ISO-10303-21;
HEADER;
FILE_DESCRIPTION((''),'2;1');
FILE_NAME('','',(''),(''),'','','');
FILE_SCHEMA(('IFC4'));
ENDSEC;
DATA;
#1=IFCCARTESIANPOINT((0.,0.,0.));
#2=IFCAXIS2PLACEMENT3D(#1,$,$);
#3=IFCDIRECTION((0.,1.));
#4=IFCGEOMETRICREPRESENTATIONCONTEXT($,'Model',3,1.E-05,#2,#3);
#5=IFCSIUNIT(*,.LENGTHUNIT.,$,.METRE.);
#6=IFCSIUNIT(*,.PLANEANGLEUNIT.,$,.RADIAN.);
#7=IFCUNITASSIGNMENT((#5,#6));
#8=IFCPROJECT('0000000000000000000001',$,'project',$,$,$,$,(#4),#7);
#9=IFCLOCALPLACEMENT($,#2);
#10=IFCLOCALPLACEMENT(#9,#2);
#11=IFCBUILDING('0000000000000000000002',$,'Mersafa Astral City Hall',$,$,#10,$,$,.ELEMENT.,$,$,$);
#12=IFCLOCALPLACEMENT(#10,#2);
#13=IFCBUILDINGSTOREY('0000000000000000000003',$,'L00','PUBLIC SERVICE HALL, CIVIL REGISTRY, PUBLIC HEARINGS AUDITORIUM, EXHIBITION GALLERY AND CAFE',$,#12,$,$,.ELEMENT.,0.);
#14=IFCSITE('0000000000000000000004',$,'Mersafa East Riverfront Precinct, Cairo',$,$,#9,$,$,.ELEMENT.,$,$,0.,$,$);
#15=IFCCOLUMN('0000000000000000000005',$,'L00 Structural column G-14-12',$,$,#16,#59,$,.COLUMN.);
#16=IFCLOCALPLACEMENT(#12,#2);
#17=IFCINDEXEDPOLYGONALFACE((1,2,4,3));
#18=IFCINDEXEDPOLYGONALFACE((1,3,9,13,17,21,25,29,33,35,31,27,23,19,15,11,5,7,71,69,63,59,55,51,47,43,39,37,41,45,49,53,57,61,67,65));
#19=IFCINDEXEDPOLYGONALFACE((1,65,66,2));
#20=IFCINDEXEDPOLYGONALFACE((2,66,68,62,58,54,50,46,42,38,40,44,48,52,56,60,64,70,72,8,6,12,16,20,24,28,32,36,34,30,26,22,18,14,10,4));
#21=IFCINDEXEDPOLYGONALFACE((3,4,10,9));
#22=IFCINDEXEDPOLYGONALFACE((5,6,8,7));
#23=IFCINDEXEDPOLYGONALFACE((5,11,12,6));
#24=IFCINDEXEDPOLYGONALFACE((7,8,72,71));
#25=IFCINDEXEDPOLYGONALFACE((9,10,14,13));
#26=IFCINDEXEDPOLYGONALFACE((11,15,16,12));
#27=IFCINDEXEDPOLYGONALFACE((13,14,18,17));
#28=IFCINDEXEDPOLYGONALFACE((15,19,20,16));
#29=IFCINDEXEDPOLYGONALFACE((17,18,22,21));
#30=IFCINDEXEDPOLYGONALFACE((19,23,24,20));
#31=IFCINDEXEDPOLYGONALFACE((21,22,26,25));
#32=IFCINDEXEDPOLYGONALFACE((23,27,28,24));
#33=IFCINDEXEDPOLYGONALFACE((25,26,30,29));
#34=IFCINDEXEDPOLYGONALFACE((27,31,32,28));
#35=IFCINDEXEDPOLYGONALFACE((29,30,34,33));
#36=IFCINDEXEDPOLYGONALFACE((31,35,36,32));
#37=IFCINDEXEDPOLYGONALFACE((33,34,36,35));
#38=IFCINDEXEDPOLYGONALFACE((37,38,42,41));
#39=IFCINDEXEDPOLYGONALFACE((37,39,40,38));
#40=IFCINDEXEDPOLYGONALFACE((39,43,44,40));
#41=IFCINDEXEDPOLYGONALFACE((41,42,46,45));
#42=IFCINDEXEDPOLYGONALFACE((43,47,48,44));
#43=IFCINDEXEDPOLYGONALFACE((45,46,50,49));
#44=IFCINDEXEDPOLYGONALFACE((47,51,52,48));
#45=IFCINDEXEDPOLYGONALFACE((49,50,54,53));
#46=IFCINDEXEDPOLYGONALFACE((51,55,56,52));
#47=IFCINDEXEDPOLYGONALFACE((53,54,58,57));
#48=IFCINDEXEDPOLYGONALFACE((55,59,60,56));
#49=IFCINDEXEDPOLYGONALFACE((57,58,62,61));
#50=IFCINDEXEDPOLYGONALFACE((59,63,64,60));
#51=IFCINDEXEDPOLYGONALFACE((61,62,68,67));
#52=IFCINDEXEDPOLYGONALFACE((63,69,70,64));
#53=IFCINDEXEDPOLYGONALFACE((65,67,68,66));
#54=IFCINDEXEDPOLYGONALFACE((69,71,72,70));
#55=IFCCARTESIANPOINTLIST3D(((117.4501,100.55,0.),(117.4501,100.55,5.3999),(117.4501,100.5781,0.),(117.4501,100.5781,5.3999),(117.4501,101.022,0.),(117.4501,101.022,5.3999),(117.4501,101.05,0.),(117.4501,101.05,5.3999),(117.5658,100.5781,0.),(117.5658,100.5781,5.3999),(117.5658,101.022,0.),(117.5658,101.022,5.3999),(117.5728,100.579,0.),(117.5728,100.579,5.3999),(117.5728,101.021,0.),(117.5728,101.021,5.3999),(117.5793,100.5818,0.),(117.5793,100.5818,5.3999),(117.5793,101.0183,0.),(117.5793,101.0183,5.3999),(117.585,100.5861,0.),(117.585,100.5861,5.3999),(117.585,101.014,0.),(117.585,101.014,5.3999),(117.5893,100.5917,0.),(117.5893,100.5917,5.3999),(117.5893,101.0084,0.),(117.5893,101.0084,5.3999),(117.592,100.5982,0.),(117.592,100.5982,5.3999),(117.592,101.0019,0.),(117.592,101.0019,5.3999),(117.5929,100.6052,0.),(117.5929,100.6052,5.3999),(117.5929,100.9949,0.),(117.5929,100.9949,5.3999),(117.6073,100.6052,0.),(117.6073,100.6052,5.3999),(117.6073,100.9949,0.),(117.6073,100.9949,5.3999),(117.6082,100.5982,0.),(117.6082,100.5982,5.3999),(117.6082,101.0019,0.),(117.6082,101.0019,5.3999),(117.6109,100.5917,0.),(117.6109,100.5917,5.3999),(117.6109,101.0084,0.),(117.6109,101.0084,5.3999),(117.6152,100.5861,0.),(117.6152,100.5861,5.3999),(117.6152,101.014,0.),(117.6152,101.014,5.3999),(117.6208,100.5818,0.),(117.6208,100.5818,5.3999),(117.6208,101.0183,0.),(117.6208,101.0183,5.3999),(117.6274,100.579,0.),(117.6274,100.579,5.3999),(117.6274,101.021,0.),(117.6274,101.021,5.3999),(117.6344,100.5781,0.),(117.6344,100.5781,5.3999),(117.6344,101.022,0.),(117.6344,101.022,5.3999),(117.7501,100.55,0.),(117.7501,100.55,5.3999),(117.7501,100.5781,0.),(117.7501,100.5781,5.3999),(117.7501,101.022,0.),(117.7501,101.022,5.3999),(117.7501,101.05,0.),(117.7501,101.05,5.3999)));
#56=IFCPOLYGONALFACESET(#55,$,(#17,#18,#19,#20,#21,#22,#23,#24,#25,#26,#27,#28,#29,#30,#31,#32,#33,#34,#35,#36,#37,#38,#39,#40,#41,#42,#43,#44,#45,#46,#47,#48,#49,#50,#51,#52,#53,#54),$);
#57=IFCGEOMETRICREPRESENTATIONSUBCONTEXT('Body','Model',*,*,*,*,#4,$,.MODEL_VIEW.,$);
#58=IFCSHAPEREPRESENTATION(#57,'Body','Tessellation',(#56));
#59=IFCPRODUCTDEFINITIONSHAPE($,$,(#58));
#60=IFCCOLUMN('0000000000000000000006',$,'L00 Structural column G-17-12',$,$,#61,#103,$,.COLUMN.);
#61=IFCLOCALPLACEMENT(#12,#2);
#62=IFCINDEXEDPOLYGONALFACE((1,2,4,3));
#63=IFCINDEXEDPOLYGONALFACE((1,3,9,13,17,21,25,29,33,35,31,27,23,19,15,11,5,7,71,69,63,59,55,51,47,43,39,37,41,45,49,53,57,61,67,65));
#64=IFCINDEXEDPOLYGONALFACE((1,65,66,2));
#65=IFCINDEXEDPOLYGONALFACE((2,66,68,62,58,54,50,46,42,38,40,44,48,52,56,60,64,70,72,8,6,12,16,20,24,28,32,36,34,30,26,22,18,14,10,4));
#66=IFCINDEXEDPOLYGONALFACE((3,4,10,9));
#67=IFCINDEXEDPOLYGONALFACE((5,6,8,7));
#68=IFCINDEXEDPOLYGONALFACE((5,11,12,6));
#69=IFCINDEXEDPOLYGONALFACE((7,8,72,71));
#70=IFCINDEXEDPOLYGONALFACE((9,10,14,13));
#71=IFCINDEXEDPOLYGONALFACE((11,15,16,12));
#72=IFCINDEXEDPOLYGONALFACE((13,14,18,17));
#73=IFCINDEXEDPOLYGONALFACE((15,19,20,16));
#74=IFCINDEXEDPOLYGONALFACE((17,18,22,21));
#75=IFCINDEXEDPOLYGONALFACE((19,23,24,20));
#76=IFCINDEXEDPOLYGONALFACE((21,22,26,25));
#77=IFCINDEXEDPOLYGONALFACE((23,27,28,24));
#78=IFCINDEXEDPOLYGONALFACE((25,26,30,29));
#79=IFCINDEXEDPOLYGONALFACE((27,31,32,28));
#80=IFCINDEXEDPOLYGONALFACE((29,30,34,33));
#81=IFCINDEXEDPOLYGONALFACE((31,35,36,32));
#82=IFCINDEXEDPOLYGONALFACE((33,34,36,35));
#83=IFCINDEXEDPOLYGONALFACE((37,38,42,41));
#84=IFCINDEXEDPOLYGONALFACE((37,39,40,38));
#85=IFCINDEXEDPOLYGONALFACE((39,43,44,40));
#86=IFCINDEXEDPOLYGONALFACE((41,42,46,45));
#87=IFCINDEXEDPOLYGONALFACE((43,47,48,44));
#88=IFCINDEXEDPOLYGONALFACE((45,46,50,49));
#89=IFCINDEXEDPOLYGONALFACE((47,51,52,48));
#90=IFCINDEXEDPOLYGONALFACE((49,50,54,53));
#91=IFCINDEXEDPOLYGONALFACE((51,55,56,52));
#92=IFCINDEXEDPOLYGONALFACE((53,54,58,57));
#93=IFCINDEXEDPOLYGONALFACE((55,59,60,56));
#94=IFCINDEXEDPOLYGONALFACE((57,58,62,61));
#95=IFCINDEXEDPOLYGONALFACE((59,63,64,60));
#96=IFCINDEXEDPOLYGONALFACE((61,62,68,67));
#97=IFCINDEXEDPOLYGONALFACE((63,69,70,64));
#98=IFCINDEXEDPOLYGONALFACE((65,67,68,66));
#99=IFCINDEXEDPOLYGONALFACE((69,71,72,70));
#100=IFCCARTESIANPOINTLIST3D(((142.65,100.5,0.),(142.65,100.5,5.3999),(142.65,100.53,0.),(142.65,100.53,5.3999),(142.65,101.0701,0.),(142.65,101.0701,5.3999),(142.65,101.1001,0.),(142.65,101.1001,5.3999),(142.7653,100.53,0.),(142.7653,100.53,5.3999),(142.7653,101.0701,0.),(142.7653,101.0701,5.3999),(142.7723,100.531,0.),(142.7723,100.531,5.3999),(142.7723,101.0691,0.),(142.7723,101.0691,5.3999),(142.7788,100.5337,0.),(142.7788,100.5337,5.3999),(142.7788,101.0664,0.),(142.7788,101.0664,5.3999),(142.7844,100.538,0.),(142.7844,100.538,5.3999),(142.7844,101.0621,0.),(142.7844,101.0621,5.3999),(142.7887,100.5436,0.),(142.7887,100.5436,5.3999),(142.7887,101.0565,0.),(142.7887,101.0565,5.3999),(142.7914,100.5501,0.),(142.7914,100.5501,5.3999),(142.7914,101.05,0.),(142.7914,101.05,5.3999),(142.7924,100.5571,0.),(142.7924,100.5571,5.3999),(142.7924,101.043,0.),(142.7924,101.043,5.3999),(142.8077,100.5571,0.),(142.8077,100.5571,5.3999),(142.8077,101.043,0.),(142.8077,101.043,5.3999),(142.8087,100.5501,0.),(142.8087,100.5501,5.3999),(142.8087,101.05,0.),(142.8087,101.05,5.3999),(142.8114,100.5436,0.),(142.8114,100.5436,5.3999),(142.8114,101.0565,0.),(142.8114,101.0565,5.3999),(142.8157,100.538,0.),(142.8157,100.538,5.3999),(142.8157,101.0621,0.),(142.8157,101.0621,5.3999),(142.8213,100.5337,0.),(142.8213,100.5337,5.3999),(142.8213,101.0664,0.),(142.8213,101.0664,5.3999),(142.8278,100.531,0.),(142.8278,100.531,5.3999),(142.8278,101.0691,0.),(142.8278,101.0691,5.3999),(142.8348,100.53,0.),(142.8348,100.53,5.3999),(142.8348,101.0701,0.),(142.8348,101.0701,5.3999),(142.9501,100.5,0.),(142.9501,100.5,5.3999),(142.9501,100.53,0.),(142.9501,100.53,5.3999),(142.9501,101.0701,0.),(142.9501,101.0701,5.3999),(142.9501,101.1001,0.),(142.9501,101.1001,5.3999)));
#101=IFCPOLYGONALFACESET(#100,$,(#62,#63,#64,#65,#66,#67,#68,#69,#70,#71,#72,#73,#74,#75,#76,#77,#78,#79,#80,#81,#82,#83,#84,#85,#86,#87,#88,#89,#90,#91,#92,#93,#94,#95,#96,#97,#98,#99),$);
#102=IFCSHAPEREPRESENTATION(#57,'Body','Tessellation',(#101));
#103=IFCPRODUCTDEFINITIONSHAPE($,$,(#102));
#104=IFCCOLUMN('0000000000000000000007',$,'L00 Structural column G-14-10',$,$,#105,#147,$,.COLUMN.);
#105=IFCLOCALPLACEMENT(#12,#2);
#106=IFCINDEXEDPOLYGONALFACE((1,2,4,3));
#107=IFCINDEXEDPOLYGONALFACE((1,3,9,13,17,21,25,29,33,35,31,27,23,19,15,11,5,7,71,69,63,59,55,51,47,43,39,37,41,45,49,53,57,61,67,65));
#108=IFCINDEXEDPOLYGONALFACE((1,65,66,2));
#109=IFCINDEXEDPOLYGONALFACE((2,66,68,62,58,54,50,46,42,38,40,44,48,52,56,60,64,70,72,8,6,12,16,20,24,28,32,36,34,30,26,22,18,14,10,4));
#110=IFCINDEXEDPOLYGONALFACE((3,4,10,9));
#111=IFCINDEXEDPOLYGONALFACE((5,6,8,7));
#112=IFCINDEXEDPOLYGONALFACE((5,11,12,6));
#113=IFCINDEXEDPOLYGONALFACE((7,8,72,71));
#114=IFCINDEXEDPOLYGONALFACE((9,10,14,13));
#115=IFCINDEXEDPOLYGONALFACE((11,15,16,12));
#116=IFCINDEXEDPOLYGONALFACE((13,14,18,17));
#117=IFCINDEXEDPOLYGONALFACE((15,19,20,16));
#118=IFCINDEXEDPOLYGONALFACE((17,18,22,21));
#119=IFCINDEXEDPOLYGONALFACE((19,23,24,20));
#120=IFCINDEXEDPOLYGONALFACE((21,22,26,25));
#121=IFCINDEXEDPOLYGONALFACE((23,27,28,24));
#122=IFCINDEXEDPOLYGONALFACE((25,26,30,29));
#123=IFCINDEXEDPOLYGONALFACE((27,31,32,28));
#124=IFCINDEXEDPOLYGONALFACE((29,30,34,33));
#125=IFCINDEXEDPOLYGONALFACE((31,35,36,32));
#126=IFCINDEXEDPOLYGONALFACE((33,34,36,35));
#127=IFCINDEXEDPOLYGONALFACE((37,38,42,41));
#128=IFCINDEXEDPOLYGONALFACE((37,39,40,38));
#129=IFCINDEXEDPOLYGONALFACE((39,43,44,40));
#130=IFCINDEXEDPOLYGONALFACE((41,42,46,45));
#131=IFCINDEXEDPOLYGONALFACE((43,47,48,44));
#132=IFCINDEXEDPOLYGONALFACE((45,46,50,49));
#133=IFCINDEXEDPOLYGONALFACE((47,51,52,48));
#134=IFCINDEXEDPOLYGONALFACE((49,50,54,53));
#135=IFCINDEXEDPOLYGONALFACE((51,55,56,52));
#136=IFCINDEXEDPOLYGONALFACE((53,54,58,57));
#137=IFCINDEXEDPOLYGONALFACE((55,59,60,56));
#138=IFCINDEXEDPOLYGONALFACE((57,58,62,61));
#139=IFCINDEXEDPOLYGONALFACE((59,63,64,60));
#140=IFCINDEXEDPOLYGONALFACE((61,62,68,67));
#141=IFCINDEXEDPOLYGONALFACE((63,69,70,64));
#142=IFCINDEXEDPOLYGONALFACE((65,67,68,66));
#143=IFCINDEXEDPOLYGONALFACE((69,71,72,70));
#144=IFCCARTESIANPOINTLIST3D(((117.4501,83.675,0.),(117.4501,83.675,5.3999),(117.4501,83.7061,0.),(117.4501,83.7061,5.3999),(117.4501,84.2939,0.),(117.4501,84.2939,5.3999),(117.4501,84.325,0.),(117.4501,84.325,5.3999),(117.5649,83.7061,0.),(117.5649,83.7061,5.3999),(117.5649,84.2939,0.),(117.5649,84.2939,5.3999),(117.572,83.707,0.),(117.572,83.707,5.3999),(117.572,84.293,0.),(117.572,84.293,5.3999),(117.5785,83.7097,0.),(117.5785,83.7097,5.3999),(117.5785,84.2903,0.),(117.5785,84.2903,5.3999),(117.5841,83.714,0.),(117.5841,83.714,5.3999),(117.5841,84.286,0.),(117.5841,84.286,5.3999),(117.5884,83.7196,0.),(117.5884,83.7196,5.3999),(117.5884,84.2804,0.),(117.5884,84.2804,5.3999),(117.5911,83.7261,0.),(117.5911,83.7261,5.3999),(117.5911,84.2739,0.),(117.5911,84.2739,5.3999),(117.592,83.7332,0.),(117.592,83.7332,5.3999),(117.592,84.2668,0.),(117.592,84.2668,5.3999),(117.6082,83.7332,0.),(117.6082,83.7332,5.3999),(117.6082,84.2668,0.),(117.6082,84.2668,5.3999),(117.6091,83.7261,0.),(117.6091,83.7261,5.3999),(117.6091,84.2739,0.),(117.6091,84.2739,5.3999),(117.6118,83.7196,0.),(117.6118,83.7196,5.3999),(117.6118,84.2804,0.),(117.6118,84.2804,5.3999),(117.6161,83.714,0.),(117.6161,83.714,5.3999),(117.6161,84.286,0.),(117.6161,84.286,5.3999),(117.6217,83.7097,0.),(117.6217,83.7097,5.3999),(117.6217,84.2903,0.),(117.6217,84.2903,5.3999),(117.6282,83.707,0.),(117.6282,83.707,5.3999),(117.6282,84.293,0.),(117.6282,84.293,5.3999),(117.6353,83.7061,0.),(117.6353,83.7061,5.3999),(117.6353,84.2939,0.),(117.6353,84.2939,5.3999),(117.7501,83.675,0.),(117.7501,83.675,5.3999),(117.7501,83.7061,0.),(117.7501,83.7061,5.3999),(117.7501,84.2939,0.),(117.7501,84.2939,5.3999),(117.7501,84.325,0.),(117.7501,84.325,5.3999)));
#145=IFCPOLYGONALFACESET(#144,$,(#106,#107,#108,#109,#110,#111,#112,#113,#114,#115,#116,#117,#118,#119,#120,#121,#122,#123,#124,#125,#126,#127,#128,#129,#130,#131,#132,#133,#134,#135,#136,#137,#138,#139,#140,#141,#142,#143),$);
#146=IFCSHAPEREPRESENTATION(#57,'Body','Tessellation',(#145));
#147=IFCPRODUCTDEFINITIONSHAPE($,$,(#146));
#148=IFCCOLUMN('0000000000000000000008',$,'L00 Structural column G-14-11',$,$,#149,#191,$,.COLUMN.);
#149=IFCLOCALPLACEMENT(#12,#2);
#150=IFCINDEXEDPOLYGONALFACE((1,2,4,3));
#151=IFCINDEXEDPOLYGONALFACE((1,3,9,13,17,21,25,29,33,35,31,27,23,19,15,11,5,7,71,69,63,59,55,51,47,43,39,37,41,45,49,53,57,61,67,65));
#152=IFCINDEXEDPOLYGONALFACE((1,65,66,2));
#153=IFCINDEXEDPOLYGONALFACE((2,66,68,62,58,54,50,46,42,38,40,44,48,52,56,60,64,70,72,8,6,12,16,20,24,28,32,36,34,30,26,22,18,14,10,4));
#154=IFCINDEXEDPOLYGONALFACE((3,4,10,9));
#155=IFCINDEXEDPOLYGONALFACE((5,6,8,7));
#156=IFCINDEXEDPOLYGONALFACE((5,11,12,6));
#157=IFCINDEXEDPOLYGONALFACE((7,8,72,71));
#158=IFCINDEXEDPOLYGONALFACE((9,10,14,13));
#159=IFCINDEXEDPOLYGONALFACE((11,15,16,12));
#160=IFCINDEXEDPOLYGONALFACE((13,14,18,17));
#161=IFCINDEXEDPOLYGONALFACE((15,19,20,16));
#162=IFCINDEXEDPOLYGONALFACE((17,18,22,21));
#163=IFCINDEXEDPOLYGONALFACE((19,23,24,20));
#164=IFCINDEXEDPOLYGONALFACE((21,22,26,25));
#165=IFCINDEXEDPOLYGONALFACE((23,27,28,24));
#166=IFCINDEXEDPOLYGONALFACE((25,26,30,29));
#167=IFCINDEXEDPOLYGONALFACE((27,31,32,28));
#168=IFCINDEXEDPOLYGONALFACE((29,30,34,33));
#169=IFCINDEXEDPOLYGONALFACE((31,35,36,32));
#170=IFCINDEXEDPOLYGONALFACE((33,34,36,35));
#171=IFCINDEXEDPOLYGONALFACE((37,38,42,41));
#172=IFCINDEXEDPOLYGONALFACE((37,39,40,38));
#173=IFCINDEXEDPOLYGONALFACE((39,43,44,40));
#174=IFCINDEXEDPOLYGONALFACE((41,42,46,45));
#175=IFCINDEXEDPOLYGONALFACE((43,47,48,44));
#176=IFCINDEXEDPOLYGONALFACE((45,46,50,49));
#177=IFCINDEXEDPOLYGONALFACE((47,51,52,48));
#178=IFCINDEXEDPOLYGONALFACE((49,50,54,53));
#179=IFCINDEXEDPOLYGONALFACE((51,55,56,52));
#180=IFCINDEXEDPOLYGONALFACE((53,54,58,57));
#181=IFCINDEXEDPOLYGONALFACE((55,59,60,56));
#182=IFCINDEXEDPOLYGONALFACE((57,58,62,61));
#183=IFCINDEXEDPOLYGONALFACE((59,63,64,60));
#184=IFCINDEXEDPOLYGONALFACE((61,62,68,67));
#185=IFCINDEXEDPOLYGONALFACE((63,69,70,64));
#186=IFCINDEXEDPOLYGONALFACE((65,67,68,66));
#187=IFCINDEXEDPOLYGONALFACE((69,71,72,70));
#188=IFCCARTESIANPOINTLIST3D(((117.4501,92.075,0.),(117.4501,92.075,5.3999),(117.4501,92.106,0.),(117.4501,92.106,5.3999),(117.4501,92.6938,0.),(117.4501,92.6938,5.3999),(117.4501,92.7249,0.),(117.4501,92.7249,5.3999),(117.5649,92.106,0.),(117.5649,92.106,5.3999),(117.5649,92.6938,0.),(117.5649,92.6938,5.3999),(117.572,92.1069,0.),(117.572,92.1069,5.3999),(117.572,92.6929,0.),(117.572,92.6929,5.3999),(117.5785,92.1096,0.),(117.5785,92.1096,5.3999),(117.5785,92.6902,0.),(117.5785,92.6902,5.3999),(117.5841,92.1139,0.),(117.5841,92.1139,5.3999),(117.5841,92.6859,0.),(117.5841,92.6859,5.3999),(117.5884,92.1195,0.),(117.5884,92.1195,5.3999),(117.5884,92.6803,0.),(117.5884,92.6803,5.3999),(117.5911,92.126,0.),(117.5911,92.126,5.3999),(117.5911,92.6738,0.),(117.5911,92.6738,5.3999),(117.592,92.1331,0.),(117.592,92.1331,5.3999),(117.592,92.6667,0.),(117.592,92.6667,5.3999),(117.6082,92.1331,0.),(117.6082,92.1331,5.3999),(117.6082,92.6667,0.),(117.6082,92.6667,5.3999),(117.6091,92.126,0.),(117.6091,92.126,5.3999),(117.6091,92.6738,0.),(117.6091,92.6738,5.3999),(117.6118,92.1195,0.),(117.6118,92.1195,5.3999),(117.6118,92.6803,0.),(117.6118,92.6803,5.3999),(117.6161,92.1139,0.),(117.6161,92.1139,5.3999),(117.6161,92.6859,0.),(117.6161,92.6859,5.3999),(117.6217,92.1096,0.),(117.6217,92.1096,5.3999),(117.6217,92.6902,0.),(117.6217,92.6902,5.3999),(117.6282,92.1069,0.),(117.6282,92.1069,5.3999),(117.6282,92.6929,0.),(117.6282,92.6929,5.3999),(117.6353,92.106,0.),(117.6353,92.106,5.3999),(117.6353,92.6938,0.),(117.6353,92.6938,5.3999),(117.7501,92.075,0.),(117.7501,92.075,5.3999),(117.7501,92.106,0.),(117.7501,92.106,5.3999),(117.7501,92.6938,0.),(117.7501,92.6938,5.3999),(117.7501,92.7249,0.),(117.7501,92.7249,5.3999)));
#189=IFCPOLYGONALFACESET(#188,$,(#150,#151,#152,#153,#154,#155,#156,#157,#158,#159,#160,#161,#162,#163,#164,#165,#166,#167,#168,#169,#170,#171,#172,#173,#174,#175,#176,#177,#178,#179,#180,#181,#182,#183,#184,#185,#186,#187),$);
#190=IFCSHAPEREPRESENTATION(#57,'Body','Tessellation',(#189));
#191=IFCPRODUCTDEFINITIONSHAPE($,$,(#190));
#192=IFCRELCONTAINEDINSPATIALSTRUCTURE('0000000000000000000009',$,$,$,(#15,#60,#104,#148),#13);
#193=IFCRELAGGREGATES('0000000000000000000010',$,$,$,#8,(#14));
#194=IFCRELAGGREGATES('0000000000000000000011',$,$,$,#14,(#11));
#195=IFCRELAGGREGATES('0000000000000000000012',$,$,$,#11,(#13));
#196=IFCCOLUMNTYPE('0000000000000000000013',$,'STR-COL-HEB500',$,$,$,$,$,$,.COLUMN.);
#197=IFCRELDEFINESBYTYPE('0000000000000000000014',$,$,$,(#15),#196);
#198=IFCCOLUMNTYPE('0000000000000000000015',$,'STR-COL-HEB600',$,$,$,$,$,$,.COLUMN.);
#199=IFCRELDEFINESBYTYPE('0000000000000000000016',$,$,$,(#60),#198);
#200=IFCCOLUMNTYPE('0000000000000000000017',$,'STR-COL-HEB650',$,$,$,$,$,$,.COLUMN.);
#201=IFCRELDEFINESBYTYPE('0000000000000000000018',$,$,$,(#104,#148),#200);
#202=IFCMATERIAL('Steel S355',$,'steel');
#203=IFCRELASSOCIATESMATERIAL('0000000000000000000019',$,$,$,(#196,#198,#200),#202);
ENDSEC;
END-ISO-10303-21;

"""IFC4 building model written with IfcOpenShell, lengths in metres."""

from ifc_helpers import new_model, si_unit, direction, frame, origin, origin_2d, place, context, subcontext, project, spatial, i_section, extrude, material, material_profile, profile_set, type_object, element, save


model = new_model("IFC4")

# Units and contexts
model_context = context("Model", 3, precision=1e-05, world=origin(), true_north=direction((0.0, 1.0)))
body_context = subcontext(model_context, "Body", "Model", "MODEL_VIEW")
ifc_project = project(units=[si_unit("LENGTHUNIT", "METRE"), si_unit("PLANEANGLEUNIT", "RADIAN")], contexts=[model_context])

# Site, building, storey
site_placement = place(None, origin())
site = spatial("IfcSite", under=ifc_project, at=site_placement, Name="Mersafa East Riverfront Precinct, Cairo", CompositionType="ELEMENT", RefElevation=0.0)
building_placement = place(site_placement, origin())
building = spatial("IfcBuilding", under=site, at=building_placement, Name="Mersafa Astral City Hall", CompositionType="ELEMENT")
storey_placement = place(building_placement, origin())
storey = spatial("IfcBuildingStorey", under=building, at=storey_placement, Name="L00", Description="PUBLIC SERVICE HALL, CIVIL REGISTRY, PUBLIC HEARINGS AUDITORIUM, EXHIBITION GALLERY AND CAFE", CompositionType="ELEMENT", Elevation=0.0)

# Columns
ifc_material_1 = material(Name="Steel S355", Category="steel")
ifc_material_profile_1 = material_profile(ifc_material_1, i_section(OverallWidth=0.3, OverallDepth=0.5, WebThickness=0.0144, FlangeThickness=0.0281, FilletRadius=0.0271, at=origin_2d()), Name="HEB 500")
ifc_profile_set_1 = profile_set([ifc_material_profile_1], Name="Steel S355")
column_type_1 = type_object("IfcColumnType", Name="STR-COL-HEB500", PredefinedType="COLUMN", material=ifc_profile_set_1)
column_1_placement = place(storey_placement, frame((117.6001, 100.8, 0.0), z_axis=(0.0, 0.0, 1.0), x_axis=(1.0, 0.0, 0.0)))
element("IfcColumn", 1, at=column_1_placement, inside=storey, type_object=column_type_1, Name="L00 Structural column G-14-12", PredefinedType="COLUMN", context=body_context, shape_type="SweptSolid", body=[
    extrude(i_section(OverallWidth=0.3, OverallDepth=0.5, WebThickness=0.0144, FlangeThickness=0.0281, FilletRadius=0.0271, at=origin_2d()), origin(), (0.0, 0.0, 1.0), 5.3999),
])
ifc_material_profile_2 = material_profile(ifc_material_1, i_section(OverallWidth=0.3, OverallDepth=0.6001, WebThickness=0.0154, FlangeThickness=0.03, FilletRadius=0.0271, at=origin_2d()), Name="HEB 600")
ifc_profile_set_2 = profile_set([ifc_material_profile_2], Name="Steel S355")
column_type_2 = type_object("IfcColumnType", Name="STR-COL-HEB600", PredefinedType="COLUMN", material=ifc_profile_set_2)
column_2_placement = place(storey_placement, frame((142.8, 100.8, 0.0), z_axis=(0.0, 0.0, 1.0), x_axis=(1.0, 0.0, 0.0)))
element("IfcColumn", 2, at=column_2_placement, inside=storey, type_object=column_type_2, Name="L00 Structural column G-17-12", PredefinedType="COLUMN", context=body_context, shape_type="SweptSolid", body=[
    extrude(i_section(OverallWidth=0.3, OverallDepth=0.6001, WebThickness=0.0154, FlangeThickness=0.03, FilletRadius=0.0271, at=origin_2d()), origin(), (0.0, 0.0, 1.0), 5.3999),
])
ifc_material_profile_3 = material_profile(ifc_material_1, i_section(OverallWidth=0.3, OverallDepth=0.6499, WebThickness=0.0161, FlangeThickness=0.031, FilletRadius=0.0271, at=origin_2d()), Name="HEB 650")
ifc_profile_set_3 = profile_set([ifc_material_profile_3], Name="Steel S355")
column_type_3 = type_object("IfcColumnType", Name="STR-COL-HEB650", PredefinedType="COLUMN", material=ifc_profile_set_3)
for number, where, z_axis, x_axis, name in (
    (3, (117.6001, 84.0, 0.0), (0.0, 0.0, 1.0), (1.0, 0.0, 0.0), "L00 Structural column G-14-10"),
    (4, (117.6001, 92.3999, 0.0), (0.0, 0.0, 1.0), (1.0, 0.0, 0.0), "L00 Structural column G-14-11"),
):
    element("IfcColumn", number, at=place(storey_placement, frame(where, z_axis=z_axis, x_axis=x_axis)), inside=storey, type_object=column_type_3, Name=name, PredefinedType="COLUMN", context=body_context, shape_type="SweptSolid", body=[
        extrude(i_section(OverallWidth=0.3, OverallDepth=0.6499, WebThickness=0.0161, FlangeThickness=0.031, FilletRadius=0.0271, at=origin_2d()), origin(), (0.0, 0.0, 1.0), 5.3999),
    ])

save(model, "model.ifc")
